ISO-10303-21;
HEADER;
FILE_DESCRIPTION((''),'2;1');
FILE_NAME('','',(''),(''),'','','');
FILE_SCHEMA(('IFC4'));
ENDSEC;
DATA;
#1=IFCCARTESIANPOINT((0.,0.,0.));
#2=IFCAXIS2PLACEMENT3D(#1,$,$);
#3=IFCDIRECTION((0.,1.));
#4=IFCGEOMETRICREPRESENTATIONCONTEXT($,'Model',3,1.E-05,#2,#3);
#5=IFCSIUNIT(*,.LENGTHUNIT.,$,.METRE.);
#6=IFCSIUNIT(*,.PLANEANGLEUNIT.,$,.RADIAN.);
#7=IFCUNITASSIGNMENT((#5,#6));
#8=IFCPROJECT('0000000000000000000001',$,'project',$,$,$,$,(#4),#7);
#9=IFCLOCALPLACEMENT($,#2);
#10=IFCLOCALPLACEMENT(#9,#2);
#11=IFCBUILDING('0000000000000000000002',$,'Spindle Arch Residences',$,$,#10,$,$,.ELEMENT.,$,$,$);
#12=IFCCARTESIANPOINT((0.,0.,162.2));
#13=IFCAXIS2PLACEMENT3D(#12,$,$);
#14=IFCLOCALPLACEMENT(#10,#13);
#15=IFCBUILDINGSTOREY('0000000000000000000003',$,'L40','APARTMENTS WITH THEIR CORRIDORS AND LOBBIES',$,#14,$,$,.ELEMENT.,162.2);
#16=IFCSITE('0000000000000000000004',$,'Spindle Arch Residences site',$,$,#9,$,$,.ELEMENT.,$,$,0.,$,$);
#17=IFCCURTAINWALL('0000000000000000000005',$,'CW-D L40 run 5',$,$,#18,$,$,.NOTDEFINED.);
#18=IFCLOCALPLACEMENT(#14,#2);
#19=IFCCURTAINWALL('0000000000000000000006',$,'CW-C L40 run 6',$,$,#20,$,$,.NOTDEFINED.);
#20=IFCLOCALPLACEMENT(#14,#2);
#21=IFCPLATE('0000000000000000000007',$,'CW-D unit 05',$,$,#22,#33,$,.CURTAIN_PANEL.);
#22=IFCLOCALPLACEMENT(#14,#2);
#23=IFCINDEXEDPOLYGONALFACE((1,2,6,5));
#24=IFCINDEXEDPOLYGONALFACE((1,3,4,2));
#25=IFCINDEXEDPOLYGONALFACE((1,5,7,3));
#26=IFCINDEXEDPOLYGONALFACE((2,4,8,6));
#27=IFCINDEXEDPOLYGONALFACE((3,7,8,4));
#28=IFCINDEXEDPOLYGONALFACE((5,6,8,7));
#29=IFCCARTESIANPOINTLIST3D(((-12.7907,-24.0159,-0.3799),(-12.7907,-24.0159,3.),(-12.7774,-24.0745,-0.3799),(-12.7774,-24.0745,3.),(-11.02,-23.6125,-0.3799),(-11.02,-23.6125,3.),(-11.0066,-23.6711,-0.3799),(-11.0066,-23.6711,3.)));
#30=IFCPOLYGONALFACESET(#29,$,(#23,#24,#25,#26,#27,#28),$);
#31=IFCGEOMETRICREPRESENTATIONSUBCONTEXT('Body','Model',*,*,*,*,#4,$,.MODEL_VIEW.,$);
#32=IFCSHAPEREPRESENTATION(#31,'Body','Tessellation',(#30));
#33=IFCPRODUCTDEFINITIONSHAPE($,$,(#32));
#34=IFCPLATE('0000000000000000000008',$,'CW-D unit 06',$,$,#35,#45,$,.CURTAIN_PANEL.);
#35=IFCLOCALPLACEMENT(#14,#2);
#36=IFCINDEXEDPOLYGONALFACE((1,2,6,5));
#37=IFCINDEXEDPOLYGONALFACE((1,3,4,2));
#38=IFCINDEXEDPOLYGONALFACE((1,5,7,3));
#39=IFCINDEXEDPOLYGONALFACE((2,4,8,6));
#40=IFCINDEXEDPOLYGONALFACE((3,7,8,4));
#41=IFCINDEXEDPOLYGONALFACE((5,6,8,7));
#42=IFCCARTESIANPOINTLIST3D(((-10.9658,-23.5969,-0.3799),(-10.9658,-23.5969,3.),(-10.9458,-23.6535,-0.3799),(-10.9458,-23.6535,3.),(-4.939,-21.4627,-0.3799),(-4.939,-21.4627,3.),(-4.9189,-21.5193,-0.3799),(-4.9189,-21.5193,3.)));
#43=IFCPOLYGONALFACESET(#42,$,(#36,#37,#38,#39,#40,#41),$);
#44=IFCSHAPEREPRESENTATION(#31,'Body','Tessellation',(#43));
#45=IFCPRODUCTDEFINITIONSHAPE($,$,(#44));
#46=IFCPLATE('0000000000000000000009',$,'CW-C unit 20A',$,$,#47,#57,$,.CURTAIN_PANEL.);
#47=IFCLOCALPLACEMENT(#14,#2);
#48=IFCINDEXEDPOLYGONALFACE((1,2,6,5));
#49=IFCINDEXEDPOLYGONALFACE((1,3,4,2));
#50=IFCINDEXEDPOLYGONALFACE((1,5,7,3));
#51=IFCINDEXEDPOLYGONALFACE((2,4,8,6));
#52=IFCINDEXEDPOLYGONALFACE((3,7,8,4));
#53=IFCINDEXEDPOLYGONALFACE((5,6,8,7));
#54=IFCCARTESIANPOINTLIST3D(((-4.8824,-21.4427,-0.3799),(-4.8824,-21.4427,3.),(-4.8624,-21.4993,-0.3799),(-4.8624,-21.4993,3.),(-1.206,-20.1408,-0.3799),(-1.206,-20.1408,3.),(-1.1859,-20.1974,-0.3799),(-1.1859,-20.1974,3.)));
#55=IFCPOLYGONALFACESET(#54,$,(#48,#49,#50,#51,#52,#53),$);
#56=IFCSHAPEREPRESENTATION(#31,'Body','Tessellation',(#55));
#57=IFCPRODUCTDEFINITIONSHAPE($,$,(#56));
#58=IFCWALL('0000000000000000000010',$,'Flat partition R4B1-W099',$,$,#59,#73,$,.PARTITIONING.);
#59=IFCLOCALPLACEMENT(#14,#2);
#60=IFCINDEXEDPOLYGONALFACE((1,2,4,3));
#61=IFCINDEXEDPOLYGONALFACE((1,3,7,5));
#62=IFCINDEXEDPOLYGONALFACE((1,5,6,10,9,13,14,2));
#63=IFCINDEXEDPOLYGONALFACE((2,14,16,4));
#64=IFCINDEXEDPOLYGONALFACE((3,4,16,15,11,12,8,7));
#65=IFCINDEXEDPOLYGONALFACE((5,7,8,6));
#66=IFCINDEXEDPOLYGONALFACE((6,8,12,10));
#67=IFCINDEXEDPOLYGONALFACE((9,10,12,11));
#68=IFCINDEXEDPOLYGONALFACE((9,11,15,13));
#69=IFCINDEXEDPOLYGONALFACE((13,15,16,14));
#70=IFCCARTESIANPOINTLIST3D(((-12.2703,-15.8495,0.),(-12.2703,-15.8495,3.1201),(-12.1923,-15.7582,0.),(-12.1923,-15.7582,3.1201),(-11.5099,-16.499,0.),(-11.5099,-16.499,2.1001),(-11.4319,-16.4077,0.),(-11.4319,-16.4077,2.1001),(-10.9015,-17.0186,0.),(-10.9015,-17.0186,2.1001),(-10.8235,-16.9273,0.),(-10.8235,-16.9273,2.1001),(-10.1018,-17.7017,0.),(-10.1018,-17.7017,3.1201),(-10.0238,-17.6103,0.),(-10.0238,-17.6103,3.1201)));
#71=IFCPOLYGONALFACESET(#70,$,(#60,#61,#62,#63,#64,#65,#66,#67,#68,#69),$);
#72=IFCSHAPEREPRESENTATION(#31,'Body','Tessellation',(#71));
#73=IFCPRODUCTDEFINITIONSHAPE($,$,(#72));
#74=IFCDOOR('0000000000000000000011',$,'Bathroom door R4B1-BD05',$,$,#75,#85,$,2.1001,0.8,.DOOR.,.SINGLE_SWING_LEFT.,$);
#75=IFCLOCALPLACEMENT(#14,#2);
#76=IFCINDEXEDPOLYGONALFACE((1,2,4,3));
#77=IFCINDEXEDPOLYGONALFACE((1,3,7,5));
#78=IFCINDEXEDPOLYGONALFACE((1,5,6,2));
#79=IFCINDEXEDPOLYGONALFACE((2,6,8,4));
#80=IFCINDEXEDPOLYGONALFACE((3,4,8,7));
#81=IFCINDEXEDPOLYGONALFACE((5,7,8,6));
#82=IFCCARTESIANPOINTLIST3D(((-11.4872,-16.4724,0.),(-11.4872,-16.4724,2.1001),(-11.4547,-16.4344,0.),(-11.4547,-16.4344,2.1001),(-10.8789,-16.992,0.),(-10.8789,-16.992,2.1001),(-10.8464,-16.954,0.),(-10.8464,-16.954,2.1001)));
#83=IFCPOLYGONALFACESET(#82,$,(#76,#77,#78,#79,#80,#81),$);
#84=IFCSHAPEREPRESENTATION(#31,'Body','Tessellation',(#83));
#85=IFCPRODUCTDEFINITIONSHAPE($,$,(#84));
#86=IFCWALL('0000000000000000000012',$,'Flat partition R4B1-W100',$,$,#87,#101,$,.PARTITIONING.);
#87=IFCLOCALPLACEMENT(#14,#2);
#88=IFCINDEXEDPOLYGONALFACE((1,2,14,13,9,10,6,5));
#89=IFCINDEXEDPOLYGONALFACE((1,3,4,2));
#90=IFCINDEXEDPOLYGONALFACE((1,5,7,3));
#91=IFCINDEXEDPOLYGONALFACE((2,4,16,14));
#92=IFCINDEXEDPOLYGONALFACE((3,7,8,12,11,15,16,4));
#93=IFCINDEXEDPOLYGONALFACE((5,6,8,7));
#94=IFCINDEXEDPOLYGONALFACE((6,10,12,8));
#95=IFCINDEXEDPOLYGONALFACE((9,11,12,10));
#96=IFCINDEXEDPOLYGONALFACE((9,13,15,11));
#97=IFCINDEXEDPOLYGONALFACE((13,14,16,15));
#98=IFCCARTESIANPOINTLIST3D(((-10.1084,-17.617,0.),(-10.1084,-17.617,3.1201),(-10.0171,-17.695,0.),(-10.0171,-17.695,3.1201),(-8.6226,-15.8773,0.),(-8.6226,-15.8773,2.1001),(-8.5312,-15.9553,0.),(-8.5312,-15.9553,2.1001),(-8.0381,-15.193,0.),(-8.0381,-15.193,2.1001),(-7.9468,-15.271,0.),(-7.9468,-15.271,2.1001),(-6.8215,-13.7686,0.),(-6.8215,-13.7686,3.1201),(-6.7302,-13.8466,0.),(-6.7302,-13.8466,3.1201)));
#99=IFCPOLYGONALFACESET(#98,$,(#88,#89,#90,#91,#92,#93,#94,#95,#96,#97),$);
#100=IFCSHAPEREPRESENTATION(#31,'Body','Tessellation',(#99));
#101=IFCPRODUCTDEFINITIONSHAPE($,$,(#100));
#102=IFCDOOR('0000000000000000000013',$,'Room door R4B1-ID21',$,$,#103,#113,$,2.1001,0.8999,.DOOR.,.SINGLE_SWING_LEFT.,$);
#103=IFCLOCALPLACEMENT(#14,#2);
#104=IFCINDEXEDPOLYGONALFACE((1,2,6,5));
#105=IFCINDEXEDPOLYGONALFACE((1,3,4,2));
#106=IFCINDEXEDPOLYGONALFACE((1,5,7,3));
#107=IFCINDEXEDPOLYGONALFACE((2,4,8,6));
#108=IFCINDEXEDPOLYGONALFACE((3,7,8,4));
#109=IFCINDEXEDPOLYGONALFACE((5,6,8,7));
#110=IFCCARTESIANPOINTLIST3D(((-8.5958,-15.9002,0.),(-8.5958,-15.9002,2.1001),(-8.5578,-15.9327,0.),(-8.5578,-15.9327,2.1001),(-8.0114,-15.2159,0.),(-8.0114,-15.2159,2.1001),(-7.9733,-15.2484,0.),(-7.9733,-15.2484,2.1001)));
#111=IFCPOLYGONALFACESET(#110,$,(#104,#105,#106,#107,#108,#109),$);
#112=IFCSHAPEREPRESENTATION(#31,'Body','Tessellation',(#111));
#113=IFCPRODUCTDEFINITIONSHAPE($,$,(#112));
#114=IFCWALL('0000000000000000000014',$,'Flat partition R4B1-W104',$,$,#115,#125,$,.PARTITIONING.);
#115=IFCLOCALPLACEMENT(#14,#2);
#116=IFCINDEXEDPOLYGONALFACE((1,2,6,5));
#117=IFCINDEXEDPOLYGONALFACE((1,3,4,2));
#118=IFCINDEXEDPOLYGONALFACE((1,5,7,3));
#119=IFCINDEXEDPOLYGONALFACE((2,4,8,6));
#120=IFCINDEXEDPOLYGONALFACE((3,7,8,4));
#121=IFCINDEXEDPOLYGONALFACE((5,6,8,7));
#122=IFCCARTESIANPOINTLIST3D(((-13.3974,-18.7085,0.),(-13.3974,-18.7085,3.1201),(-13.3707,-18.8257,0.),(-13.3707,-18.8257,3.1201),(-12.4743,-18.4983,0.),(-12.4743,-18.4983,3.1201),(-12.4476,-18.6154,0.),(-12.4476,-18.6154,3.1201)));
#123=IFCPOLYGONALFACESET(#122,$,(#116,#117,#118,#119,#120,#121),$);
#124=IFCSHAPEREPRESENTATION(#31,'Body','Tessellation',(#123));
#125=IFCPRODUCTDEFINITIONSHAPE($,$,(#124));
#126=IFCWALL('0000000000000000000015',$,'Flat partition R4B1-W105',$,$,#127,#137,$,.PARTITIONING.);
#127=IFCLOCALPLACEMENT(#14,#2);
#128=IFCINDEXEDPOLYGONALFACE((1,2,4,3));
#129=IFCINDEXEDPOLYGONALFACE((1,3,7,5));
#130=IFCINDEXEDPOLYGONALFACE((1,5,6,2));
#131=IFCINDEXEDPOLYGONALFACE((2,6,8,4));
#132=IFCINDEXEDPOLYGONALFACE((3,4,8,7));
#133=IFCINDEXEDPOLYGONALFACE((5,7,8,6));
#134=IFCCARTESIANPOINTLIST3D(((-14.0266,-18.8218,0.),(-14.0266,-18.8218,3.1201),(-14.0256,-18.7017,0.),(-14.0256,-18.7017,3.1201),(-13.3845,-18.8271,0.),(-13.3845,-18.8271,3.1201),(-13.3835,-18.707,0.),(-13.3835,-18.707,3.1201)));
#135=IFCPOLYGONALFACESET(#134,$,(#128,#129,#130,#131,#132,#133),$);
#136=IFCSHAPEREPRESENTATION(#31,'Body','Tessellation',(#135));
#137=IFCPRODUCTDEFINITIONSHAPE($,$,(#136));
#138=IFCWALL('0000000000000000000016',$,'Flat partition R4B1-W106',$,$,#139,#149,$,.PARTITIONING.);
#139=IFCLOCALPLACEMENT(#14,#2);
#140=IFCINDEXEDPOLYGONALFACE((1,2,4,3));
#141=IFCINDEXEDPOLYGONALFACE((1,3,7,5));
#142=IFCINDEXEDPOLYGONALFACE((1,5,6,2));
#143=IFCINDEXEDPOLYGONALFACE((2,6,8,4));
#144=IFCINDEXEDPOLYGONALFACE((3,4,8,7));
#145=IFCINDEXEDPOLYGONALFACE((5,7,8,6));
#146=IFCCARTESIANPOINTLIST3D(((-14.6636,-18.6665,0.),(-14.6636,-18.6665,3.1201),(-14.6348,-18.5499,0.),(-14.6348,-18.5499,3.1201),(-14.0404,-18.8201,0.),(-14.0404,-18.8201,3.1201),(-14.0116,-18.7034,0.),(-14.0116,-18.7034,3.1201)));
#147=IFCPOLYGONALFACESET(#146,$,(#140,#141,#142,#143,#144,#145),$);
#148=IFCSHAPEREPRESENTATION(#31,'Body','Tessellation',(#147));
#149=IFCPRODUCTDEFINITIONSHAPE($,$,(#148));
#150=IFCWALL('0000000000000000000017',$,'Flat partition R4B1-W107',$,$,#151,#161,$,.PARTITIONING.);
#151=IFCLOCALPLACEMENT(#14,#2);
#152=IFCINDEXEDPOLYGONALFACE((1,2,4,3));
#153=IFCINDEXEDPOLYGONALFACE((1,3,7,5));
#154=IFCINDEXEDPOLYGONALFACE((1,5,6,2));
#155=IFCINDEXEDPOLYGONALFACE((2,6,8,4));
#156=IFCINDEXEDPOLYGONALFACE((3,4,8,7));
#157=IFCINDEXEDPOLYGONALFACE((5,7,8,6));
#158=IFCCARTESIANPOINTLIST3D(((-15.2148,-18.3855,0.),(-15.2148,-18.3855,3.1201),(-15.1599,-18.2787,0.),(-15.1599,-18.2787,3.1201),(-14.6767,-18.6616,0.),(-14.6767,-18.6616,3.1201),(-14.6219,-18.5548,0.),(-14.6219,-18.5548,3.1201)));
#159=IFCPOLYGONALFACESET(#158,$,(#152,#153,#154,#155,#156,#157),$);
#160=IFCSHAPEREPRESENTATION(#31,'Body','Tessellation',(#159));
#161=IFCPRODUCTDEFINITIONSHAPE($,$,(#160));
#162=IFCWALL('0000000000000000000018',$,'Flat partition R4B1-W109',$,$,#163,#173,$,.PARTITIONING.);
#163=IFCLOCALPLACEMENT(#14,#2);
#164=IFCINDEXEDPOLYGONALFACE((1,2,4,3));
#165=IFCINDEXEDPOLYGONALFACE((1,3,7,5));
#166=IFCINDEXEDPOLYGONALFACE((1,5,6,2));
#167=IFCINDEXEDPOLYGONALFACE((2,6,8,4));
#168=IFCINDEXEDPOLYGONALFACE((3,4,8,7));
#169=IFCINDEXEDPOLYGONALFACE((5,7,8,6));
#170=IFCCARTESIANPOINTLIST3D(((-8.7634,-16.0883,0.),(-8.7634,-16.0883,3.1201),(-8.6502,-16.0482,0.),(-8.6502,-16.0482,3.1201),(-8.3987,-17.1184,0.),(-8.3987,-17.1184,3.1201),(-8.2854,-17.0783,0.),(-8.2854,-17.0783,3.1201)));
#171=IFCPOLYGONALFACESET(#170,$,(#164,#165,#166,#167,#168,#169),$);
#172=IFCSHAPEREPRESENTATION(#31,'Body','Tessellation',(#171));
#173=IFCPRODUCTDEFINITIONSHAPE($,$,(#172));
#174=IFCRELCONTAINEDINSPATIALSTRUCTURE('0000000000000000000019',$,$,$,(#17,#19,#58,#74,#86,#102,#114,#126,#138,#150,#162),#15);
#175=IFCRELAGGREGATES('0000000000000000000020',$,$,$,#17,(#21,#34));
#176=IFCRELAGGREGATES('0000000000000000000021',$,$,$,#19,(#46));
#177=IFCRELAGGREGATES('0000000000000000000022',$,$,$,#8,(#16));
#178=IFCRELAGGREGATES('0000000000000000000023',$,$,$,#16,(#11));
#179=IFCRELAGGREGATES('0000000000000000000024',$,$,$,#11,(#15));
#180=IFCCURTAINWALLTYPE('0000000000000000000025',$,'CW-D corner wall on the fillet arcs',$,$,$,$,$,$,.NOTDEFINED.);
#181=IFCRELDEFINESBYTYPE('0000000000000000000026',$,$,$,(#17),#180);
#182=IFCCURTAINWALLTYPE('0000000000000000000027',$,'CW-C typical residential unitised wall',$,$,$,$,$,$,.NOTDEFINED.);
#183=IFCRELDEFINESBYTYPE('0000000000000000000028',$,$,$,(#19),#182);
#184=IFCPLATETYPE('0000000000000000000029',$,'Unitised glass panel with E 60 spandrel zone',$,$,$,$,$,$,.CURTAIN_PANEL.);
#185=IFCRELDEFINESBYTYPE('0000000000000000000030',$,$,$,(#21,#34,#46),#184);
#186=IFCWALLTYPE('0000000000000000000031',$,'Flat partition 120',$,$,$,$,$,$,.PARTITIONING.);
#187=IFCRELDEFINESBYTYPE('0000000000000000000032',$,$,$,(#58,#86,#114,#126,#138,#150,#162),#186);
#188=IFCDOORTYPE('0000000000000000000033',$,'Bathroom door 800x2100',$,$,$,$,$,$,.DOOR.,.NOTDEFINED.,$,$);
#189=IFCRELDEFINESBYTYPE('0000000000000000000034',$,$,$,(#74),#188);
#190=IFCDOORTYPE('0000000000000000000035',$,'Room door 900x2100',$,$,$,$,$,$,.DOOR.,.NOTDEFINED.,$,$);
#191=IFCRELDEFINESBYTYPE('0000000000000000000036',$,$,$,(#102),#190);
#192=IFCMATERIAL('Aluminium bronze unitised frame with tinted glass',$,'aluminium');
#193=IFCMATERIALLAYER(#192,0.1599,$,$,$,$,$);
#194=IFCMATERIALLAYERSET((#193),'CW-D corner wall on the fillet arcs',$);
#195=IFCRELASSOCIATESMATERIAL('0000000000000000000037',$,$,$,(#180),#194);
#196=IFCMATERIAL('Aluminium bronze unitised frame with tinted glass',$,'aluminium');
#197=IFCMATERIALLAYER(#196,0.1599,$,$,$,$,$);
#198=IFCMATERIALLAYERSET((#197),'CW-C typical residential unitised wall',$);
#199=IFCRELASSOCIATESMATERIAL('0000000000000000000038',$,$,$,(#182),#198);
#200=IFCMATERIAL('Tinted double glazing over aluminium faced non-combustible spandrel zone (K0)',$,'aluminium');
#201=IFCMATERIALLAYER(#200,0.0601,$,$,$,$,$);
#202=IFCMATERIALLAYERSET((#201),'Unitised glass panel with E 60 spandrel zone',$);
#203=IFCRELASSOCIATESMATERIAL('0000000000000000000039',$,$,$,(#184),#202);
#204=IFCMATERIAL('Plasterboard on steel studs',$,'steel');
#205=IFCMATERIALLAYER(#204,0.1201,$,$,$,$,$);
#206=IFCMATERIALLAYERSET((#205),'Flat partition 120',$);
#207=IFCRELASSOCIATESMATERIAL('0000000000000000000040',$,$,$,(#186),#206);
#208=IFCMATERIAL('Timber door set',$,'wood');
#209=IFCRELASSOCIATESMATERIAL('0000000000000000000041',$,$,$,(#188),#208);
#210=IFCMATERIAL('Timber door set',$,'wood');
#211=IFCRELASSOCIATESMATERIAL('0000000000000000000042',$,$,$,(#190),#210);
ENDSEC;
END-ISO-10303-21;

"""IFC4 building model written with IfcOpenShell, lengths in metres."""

from ifc_helpers import new_model, si_unit, direction, frame, frame_2d, origin, origin_2d, place, context, subcontext, project, spatial, rectangle, extrude, material, layer, layer_set, type_object, element, fill, aggregate, save


model = new_model("IFC4")

# Units and contexts
model_context = context("Model", 3, precision=1e-05, world=origin(), true_north=direction((0.0, 1.0)))
body_context = subcontext(model_context, "Body", "Model", "MODEL_VIEW")
ifc_project = project(units=[si_unit("LENGTHUNIT", "METRE"), si_unit("PLANEANGLEUNIT", "RADIAN")], contexts=[model_context])

# Site, building, storey
site_placement = place(None, origin())
site = spatial("IfcSite", under=ifc_project, at=site_placement, Name="Spindle Arch Residences site", CompositionType="ELEMENT", RefElevation=0.0)
building_placement = place(site_placement, origin())
building = spatial("IfcBuilding", under=site, at=building_placement, Name="Spindle Arch Residences", CompositionType="ELEMENT")
storey_placement = place(building_placement, frame((0.0, 0.0, 162.2)))
storey = spatial("IfcBuildingStorey", under=building, at=storey_placement, Name="L40", Description="APARTMENTS WITH THEIR CORRIDORS AND LOBBIES", CompositionType="ELEMENT", Elevation=162.2)

# Curtain wall
ifc_material_1 = material(Name="Aluminium bronze unitised frame with tinted glass", Category="aluminium")
ifc_layer_1 = layer(ifc_material_1, 0.1599)
ifc_layer_set_1 = layer_set([ifc_layer_1], Name="CW-D corner wall on the fillet arcs")
curtain_wall_type_1 = type_object("IfcCurtainWallType", Name="CW-D corner wall on the fillet arcs", PredefinedType="NOTDEFINED", material=ifc_layer_set_1)
curtain_wall_1_placement = place(storey_placement, origin())
curtain_wall_1 = element("IfcCurtainWall", 1, at=curtain_wall_1_placement, inside=storey, type_object=curtain_wall_type_1, Name="CW-D L40 run 5", PredefinedType="NOTDEFINED")

# Curtain wall
ifc_material_2 = material(Name="Aluminium bronze unitised frame with tinted glass", Category="aluminium")
ifc_layer_2 = layer(ifc_material_2, 0.1599)
ifc_layer_set_2 = layer_set([ifc_layer_2], Name="CW-C typical residential unitised wall")
curtain_wall_type_2 = type_object("IfcCurtainWallType", Name="CW-C typical residential unitised wall", PredefinedType="NOTDEFINED", material=ifc_layer_set_2)
curtain_wall_2_placement = place(storey_placement, origin())
curtain_wall_2 = element("IfcCurtainWall", 2, at=curtain_wall_2_placement, inside=storey, type_object=curtain_wall_type_2, Name="CW-C L40 run 6", PredefinedType="NOTDEFINED")

# Plates
ifc_material_3 = material(Name="Tinted double glazing over aluminium faced non-combustible spandrel zone (K0)", Category="aluminium")
ifc_layer_3 = layer(ifc_material_3, 0.0601)
ifc_layer_set_3 = layer_set([ifc_layer_3], Name="Unitised glass panel with E 60 spandrel zone")
plate_type = type_object("IfcPlateType", Name="Unitised glass panel with E 60 spandrel zone", PredefinedType="CURTAIN_PANEL", material=ifc_layer_set_3)
plate_1_placement = place(storey_placement, frame((-11.8987, -23.8435, -0.3799), z_axis=(0.0, 0.0, 1.0), x_axis=(0.97502, 0.222116, 0.0)))
plate_1 = element("IfcPlate", 3, at=plate_1_placement, type_object=plate_type, Name="CW-D unit 05", PredefinedType="CURTAIN_PANEL", context=body_context, shape_type="SweptSolid", body=[
    extrude(rectangle(XDim=1.8162, YDim=0.0601, at=origin_2d()), origin(), (0.0, 0.0, 1.0), 3.3799),
])
plate_2_placement = place(storey_placement, frame((-7.9424, -22.5581, -0.3799), z_axis=(0.0, 0.0, 1.0), x_axis=(0.942641, 0.333807, 0.0)))
plate_2 = element("IfcPlate", 4, at=plate_2_placement, type_object=plate_type, Name="CW-D unit 06", PredefinedType="CURTAIN_PANEL", context=body_context, shape_type="SweptSolid", body=[
    extrude(rectangle(XDim=6.3936, YDim=0.0601, at=origin_2d()), origin(), (0.0, 0.0, 1.0), 3.3799),
])
aggregate(curtain_wall_1, [plate_1, plate_2])
plate_3_placement = place(storey_placement, frame((-3.0342, -20.8201, -0.3799), z_axis=(0.0, 0.0, 1.0), x_axis=(0.942641, 0.333807, 0.0)))
plate_3 = element("IfcPlate", 5, at=plate_3_placement, type_object=plate_type, Name="CW-C unit 20A", PredefinedType="CURTAIN_PANEL", context=body_context, shape_type="SweptSolid", body=[
    extrude(rectangle(XDim=3.9001, YDim=0.0601, at=origin_2d()), origin(), (0.0, 0.0, 1.0), 3.3799),
])
aggregate(curtain_wall_2, [plate_3])

# Walls, openings, doors
ifc_material_4 = material(Name="Plasterboard on steel studs", Category="steel")
ifc_layer_4 = layer(ifc_material_4, 0.1201)
ifc_layer_set_4 = layer_set([ifc_layer_4], Name="Flat partition 120")
wall_type = type_object("IfcWallType", Name="Flat partition 120", PredefinedType="PARTITIONING", material=ifc_layer_set_4)
wall_1_placement = place(storey_placement, frame((-12.2312, -15.804, 0.0), z_axis=(0.0, 0.0, 1.0), x_axis=(0.760404, -0.649451, 0.0)))
wall_1 = element("IfcWall", 6, at=wall_1_placement, inside=storey, type_object=wall_type, Name="Flat partition R4B1-W099", PredefinedType="PARTITIONING", context=body_context, shape_type="SweptSolid", body=[
    extrude(rectangle(XDim=2.8518, YDim=0.1201, at=frame_2d((1.4258, 0.0))), origin(), (0.0, 0.0, 1.0), 3.1201),
])
opening_1_placement = place(wall_1_placement, frame((1.0, 0.0, 0.0)))
opening_1 = element("IfcOpeningElement", 7, at=opening_1_placement, cuts=wall_1, PredefinedType="OPENING", context=body_context, shape_type="SweptSolid", body=[
    extrude(rectangle(XDim=0.8, YDim=2.1001, at=frame_2d((0.3999, 1.05))), frame((0.0, 0.0701, 0.0), z_axis=(0.0, -1.0, 0.0), x_axis=(1.0, 0.0, 0.0)), (0.0, 0.0, 1.0), 0.1401),
])
ifc_material_5 = material(Name="Timber door set", Category="wood")
door_type_1 = type_object("IfcDoorType", Name="Bathroom door 800x2100", OperationType="NOTDEFINED", PredefinedType="DOOR", material=ifc_material_5)
door_1_placement = place(opening_1_placement, origin())
door_1 = element("IfcDoor", 8, at=door_1_placement, inside=storey, type_object=door_type_1, Name="Bathroom door R4B1-BD05", OperationType="SINGLE_SWING_LEFT", OverallHeight=2.1001, OverallWidth=0.8, PredefinedType="DOOR", context=body_context, shape_type="SweptSolid", body=[
    extrude(rectangle(XDim=0.8, YDim=2.1001, at=frame_2d((0.3999, 1.05))), frame((0.0, 0.0249, 0.0), z_axis=(0.0, -1.0, 0.0), x_axis=(1.0, 0.0, 0.0)), (0.0, 0.0, 1.0), 0.05),
])
fill(opening_1, door_1)
wall_2_placement = place(storey_placement, frame((-10.0627, -17.656, 0.0), z_axis=(0.0, 0.0, 1.0), x_axis=(0.649452, 0.760403, 0.0)))
wall_2 = element("IfcWall", 9, at=wall_2_placement, inside=storey, type_object=wall_type, Name="Flat partition R4B1-W100", PredefinedType="PARTITIONING", context=body_context, shape_type="SweptSolid", body=[
    extrude(rectangle(XDim=5.061, YDim=0.1201, at=frame_2d((2.5305, 0.0))), origin(), (0.0, 0.0, 1.0), 3.1201),
])
opening_2_placement = place(wall_2_placement, frame((2.2878, 0.0, 0.0)))
opening_2 = element("IfcOpeningElement", 10, at=opening_2_placement, cuts=wall_2, PredefinedType="OPENING", context=body_context, shape_type="SweptSolid", body=[
    extrude(rectangle(XDim=0.8999, YDim=2.1001, at=frame_2d((0.45, 1.05))), frame((0.0, 0.0701, 0.0), z_axis=(0.0, -1.0, 0.0), x_axis=(1.0, 0.0, 0.0)), (0.0, 0.0, 1.0), 0.1401),
])
ifc_material_6 = material(Name="Timber door set", Category="wood")
door_type_2 = type_object("IfcDoorType", Name="Room door 900x2100", OperationType="NOTDEFINED", PredefinedType="DOOR", material=ifc_material_6)
door_2_placement = place(opening_2_placement, origin())
door_2 = element("IfcDoor", 11, at=door_2_placement, inside=storey, type_object=door_type_2, Name="Room door R4B1-ID21", OperationType="SINGLE_SWING_LEFT", OverallHeight=2.1001, OverallWidth=0.8999, PredefinedType="DOOR", context=body_context, shape_type="SweptSolid", body=[
    extrude(rectangle(XDim=0.8999, YDim=2.1001, at=frame_2d((0.45, 1.05))), frame((0.0, 0.0249, 0.0), z_axis=(0.0, -1.0, 0.0), x_axis=(1.0, 0.0, 0.0)), (0.0, 0.0, 1.0), 0.05),
])
fill(opening_2, door_2)

# Walls
wall_3_placement = place(storey_placement, frame((-12.4609, -18.5569, 0.0), z_axis=(0.0, 0.0, 1.0), x_axis=(-0.975039, -0.222033, 0.0)))
element("IfcWall", 12, at=wall_3_placement, inside=storey, type_object=wall_type, Name="Flat partition R4B1-W104", PredefinedType="PARTITIONING", context=body_context, shape_type="SweptSolid", body=[
    extrude(rectangle(XDim=0.9468, YDim=0.1201, at=frame_2d((0.4734, 0.0))), origin(), (0.0, 0.0, 1.0), 3.1201),
])
wall_4_placement = place(storey_placement, frame((-13.384, -18.7671, 0.0), z_axis=(0.0, 0.0, 1.0), x_axis=(-0.999965, 0.008365, 0.0)))
element("IfcWall", 13, at=wall_4_placement, inside=storey, type_object=wall_type, Name="Flat partition R4B1-W105", PredefinedType="PARTITIONING", context=body_context, shape_type="SweptSolid", body=[
    extrude(rectangle(XDim=0.6421, YDim=0.1201, at=frame_2d((0.321, 0.0))), origin(), (0.0, 0.0, 1.0), 3.1201),
])
wall_5_placement = place(storey_placement, frame((-14.0261, -18.7617, 0.0), z_axis=(0.0, 0.0, 1.0), x_axis=(-0.970965, 0.239223, 0.0)))
element("IfcWall", 14, at=wall_5_placement, inside=storey, type_object=wall_type, Name="Flat partition R4B1-W106", PredefinedType="PARTITIONING", context=body_context, shape_type="SweptSolid", body=[
    extrude(rectangle(XDim=0.6418, YDim=0.1201, at=frame_2d((0.3208, 0.0))), origin(), (0.0, 0.0, 1.0), 3.1201),
])
wall_6_placement = place(storey_placement, frame((-14.6494, -18.6082, 0.0), z_axis=(0.0, 0.0, 1.0), x_axis=(-0.889696, 0.456554, 0.0)))
element("IfcWall", 15, at=wall_6_placement, inside=storey, type_object=wall_type, Name="Flat partition R4B1-W107", PredefinedType="PARTITIONING", context=body_context, shape_type="SweptSolid", body=[
    extrude(rectangle(XDim=0.6047, YDim=0.1201, at=frame_2d((0.3022, 0.0))), origin(), (0.0, 0.0, 1.0), 3.1201),
])
wall_7_placement = place(storey_placement, frame((-8.342, -17.0984, 0.0), z_axis=(0.0, 0.0, 1.0), x_axis=(-0.333802, 0.942643, 0.0)))
element("IfcWall", 16, at=wall_7_placement, inside=storey, type_object=wall_type, Name="Flat partition R4B1-W109", PredefinedType="PARTITIONING", context=body_context, shape_type="SweptSolid", body=[
    extrude(rectangle(XDim=1.0928, YDim=0.1201, at=frame_2d((0.5464, 0.0))), origin(), (0.0, 0.0, 1.0), 3.1201),
])

save(model, "model.ifc")
